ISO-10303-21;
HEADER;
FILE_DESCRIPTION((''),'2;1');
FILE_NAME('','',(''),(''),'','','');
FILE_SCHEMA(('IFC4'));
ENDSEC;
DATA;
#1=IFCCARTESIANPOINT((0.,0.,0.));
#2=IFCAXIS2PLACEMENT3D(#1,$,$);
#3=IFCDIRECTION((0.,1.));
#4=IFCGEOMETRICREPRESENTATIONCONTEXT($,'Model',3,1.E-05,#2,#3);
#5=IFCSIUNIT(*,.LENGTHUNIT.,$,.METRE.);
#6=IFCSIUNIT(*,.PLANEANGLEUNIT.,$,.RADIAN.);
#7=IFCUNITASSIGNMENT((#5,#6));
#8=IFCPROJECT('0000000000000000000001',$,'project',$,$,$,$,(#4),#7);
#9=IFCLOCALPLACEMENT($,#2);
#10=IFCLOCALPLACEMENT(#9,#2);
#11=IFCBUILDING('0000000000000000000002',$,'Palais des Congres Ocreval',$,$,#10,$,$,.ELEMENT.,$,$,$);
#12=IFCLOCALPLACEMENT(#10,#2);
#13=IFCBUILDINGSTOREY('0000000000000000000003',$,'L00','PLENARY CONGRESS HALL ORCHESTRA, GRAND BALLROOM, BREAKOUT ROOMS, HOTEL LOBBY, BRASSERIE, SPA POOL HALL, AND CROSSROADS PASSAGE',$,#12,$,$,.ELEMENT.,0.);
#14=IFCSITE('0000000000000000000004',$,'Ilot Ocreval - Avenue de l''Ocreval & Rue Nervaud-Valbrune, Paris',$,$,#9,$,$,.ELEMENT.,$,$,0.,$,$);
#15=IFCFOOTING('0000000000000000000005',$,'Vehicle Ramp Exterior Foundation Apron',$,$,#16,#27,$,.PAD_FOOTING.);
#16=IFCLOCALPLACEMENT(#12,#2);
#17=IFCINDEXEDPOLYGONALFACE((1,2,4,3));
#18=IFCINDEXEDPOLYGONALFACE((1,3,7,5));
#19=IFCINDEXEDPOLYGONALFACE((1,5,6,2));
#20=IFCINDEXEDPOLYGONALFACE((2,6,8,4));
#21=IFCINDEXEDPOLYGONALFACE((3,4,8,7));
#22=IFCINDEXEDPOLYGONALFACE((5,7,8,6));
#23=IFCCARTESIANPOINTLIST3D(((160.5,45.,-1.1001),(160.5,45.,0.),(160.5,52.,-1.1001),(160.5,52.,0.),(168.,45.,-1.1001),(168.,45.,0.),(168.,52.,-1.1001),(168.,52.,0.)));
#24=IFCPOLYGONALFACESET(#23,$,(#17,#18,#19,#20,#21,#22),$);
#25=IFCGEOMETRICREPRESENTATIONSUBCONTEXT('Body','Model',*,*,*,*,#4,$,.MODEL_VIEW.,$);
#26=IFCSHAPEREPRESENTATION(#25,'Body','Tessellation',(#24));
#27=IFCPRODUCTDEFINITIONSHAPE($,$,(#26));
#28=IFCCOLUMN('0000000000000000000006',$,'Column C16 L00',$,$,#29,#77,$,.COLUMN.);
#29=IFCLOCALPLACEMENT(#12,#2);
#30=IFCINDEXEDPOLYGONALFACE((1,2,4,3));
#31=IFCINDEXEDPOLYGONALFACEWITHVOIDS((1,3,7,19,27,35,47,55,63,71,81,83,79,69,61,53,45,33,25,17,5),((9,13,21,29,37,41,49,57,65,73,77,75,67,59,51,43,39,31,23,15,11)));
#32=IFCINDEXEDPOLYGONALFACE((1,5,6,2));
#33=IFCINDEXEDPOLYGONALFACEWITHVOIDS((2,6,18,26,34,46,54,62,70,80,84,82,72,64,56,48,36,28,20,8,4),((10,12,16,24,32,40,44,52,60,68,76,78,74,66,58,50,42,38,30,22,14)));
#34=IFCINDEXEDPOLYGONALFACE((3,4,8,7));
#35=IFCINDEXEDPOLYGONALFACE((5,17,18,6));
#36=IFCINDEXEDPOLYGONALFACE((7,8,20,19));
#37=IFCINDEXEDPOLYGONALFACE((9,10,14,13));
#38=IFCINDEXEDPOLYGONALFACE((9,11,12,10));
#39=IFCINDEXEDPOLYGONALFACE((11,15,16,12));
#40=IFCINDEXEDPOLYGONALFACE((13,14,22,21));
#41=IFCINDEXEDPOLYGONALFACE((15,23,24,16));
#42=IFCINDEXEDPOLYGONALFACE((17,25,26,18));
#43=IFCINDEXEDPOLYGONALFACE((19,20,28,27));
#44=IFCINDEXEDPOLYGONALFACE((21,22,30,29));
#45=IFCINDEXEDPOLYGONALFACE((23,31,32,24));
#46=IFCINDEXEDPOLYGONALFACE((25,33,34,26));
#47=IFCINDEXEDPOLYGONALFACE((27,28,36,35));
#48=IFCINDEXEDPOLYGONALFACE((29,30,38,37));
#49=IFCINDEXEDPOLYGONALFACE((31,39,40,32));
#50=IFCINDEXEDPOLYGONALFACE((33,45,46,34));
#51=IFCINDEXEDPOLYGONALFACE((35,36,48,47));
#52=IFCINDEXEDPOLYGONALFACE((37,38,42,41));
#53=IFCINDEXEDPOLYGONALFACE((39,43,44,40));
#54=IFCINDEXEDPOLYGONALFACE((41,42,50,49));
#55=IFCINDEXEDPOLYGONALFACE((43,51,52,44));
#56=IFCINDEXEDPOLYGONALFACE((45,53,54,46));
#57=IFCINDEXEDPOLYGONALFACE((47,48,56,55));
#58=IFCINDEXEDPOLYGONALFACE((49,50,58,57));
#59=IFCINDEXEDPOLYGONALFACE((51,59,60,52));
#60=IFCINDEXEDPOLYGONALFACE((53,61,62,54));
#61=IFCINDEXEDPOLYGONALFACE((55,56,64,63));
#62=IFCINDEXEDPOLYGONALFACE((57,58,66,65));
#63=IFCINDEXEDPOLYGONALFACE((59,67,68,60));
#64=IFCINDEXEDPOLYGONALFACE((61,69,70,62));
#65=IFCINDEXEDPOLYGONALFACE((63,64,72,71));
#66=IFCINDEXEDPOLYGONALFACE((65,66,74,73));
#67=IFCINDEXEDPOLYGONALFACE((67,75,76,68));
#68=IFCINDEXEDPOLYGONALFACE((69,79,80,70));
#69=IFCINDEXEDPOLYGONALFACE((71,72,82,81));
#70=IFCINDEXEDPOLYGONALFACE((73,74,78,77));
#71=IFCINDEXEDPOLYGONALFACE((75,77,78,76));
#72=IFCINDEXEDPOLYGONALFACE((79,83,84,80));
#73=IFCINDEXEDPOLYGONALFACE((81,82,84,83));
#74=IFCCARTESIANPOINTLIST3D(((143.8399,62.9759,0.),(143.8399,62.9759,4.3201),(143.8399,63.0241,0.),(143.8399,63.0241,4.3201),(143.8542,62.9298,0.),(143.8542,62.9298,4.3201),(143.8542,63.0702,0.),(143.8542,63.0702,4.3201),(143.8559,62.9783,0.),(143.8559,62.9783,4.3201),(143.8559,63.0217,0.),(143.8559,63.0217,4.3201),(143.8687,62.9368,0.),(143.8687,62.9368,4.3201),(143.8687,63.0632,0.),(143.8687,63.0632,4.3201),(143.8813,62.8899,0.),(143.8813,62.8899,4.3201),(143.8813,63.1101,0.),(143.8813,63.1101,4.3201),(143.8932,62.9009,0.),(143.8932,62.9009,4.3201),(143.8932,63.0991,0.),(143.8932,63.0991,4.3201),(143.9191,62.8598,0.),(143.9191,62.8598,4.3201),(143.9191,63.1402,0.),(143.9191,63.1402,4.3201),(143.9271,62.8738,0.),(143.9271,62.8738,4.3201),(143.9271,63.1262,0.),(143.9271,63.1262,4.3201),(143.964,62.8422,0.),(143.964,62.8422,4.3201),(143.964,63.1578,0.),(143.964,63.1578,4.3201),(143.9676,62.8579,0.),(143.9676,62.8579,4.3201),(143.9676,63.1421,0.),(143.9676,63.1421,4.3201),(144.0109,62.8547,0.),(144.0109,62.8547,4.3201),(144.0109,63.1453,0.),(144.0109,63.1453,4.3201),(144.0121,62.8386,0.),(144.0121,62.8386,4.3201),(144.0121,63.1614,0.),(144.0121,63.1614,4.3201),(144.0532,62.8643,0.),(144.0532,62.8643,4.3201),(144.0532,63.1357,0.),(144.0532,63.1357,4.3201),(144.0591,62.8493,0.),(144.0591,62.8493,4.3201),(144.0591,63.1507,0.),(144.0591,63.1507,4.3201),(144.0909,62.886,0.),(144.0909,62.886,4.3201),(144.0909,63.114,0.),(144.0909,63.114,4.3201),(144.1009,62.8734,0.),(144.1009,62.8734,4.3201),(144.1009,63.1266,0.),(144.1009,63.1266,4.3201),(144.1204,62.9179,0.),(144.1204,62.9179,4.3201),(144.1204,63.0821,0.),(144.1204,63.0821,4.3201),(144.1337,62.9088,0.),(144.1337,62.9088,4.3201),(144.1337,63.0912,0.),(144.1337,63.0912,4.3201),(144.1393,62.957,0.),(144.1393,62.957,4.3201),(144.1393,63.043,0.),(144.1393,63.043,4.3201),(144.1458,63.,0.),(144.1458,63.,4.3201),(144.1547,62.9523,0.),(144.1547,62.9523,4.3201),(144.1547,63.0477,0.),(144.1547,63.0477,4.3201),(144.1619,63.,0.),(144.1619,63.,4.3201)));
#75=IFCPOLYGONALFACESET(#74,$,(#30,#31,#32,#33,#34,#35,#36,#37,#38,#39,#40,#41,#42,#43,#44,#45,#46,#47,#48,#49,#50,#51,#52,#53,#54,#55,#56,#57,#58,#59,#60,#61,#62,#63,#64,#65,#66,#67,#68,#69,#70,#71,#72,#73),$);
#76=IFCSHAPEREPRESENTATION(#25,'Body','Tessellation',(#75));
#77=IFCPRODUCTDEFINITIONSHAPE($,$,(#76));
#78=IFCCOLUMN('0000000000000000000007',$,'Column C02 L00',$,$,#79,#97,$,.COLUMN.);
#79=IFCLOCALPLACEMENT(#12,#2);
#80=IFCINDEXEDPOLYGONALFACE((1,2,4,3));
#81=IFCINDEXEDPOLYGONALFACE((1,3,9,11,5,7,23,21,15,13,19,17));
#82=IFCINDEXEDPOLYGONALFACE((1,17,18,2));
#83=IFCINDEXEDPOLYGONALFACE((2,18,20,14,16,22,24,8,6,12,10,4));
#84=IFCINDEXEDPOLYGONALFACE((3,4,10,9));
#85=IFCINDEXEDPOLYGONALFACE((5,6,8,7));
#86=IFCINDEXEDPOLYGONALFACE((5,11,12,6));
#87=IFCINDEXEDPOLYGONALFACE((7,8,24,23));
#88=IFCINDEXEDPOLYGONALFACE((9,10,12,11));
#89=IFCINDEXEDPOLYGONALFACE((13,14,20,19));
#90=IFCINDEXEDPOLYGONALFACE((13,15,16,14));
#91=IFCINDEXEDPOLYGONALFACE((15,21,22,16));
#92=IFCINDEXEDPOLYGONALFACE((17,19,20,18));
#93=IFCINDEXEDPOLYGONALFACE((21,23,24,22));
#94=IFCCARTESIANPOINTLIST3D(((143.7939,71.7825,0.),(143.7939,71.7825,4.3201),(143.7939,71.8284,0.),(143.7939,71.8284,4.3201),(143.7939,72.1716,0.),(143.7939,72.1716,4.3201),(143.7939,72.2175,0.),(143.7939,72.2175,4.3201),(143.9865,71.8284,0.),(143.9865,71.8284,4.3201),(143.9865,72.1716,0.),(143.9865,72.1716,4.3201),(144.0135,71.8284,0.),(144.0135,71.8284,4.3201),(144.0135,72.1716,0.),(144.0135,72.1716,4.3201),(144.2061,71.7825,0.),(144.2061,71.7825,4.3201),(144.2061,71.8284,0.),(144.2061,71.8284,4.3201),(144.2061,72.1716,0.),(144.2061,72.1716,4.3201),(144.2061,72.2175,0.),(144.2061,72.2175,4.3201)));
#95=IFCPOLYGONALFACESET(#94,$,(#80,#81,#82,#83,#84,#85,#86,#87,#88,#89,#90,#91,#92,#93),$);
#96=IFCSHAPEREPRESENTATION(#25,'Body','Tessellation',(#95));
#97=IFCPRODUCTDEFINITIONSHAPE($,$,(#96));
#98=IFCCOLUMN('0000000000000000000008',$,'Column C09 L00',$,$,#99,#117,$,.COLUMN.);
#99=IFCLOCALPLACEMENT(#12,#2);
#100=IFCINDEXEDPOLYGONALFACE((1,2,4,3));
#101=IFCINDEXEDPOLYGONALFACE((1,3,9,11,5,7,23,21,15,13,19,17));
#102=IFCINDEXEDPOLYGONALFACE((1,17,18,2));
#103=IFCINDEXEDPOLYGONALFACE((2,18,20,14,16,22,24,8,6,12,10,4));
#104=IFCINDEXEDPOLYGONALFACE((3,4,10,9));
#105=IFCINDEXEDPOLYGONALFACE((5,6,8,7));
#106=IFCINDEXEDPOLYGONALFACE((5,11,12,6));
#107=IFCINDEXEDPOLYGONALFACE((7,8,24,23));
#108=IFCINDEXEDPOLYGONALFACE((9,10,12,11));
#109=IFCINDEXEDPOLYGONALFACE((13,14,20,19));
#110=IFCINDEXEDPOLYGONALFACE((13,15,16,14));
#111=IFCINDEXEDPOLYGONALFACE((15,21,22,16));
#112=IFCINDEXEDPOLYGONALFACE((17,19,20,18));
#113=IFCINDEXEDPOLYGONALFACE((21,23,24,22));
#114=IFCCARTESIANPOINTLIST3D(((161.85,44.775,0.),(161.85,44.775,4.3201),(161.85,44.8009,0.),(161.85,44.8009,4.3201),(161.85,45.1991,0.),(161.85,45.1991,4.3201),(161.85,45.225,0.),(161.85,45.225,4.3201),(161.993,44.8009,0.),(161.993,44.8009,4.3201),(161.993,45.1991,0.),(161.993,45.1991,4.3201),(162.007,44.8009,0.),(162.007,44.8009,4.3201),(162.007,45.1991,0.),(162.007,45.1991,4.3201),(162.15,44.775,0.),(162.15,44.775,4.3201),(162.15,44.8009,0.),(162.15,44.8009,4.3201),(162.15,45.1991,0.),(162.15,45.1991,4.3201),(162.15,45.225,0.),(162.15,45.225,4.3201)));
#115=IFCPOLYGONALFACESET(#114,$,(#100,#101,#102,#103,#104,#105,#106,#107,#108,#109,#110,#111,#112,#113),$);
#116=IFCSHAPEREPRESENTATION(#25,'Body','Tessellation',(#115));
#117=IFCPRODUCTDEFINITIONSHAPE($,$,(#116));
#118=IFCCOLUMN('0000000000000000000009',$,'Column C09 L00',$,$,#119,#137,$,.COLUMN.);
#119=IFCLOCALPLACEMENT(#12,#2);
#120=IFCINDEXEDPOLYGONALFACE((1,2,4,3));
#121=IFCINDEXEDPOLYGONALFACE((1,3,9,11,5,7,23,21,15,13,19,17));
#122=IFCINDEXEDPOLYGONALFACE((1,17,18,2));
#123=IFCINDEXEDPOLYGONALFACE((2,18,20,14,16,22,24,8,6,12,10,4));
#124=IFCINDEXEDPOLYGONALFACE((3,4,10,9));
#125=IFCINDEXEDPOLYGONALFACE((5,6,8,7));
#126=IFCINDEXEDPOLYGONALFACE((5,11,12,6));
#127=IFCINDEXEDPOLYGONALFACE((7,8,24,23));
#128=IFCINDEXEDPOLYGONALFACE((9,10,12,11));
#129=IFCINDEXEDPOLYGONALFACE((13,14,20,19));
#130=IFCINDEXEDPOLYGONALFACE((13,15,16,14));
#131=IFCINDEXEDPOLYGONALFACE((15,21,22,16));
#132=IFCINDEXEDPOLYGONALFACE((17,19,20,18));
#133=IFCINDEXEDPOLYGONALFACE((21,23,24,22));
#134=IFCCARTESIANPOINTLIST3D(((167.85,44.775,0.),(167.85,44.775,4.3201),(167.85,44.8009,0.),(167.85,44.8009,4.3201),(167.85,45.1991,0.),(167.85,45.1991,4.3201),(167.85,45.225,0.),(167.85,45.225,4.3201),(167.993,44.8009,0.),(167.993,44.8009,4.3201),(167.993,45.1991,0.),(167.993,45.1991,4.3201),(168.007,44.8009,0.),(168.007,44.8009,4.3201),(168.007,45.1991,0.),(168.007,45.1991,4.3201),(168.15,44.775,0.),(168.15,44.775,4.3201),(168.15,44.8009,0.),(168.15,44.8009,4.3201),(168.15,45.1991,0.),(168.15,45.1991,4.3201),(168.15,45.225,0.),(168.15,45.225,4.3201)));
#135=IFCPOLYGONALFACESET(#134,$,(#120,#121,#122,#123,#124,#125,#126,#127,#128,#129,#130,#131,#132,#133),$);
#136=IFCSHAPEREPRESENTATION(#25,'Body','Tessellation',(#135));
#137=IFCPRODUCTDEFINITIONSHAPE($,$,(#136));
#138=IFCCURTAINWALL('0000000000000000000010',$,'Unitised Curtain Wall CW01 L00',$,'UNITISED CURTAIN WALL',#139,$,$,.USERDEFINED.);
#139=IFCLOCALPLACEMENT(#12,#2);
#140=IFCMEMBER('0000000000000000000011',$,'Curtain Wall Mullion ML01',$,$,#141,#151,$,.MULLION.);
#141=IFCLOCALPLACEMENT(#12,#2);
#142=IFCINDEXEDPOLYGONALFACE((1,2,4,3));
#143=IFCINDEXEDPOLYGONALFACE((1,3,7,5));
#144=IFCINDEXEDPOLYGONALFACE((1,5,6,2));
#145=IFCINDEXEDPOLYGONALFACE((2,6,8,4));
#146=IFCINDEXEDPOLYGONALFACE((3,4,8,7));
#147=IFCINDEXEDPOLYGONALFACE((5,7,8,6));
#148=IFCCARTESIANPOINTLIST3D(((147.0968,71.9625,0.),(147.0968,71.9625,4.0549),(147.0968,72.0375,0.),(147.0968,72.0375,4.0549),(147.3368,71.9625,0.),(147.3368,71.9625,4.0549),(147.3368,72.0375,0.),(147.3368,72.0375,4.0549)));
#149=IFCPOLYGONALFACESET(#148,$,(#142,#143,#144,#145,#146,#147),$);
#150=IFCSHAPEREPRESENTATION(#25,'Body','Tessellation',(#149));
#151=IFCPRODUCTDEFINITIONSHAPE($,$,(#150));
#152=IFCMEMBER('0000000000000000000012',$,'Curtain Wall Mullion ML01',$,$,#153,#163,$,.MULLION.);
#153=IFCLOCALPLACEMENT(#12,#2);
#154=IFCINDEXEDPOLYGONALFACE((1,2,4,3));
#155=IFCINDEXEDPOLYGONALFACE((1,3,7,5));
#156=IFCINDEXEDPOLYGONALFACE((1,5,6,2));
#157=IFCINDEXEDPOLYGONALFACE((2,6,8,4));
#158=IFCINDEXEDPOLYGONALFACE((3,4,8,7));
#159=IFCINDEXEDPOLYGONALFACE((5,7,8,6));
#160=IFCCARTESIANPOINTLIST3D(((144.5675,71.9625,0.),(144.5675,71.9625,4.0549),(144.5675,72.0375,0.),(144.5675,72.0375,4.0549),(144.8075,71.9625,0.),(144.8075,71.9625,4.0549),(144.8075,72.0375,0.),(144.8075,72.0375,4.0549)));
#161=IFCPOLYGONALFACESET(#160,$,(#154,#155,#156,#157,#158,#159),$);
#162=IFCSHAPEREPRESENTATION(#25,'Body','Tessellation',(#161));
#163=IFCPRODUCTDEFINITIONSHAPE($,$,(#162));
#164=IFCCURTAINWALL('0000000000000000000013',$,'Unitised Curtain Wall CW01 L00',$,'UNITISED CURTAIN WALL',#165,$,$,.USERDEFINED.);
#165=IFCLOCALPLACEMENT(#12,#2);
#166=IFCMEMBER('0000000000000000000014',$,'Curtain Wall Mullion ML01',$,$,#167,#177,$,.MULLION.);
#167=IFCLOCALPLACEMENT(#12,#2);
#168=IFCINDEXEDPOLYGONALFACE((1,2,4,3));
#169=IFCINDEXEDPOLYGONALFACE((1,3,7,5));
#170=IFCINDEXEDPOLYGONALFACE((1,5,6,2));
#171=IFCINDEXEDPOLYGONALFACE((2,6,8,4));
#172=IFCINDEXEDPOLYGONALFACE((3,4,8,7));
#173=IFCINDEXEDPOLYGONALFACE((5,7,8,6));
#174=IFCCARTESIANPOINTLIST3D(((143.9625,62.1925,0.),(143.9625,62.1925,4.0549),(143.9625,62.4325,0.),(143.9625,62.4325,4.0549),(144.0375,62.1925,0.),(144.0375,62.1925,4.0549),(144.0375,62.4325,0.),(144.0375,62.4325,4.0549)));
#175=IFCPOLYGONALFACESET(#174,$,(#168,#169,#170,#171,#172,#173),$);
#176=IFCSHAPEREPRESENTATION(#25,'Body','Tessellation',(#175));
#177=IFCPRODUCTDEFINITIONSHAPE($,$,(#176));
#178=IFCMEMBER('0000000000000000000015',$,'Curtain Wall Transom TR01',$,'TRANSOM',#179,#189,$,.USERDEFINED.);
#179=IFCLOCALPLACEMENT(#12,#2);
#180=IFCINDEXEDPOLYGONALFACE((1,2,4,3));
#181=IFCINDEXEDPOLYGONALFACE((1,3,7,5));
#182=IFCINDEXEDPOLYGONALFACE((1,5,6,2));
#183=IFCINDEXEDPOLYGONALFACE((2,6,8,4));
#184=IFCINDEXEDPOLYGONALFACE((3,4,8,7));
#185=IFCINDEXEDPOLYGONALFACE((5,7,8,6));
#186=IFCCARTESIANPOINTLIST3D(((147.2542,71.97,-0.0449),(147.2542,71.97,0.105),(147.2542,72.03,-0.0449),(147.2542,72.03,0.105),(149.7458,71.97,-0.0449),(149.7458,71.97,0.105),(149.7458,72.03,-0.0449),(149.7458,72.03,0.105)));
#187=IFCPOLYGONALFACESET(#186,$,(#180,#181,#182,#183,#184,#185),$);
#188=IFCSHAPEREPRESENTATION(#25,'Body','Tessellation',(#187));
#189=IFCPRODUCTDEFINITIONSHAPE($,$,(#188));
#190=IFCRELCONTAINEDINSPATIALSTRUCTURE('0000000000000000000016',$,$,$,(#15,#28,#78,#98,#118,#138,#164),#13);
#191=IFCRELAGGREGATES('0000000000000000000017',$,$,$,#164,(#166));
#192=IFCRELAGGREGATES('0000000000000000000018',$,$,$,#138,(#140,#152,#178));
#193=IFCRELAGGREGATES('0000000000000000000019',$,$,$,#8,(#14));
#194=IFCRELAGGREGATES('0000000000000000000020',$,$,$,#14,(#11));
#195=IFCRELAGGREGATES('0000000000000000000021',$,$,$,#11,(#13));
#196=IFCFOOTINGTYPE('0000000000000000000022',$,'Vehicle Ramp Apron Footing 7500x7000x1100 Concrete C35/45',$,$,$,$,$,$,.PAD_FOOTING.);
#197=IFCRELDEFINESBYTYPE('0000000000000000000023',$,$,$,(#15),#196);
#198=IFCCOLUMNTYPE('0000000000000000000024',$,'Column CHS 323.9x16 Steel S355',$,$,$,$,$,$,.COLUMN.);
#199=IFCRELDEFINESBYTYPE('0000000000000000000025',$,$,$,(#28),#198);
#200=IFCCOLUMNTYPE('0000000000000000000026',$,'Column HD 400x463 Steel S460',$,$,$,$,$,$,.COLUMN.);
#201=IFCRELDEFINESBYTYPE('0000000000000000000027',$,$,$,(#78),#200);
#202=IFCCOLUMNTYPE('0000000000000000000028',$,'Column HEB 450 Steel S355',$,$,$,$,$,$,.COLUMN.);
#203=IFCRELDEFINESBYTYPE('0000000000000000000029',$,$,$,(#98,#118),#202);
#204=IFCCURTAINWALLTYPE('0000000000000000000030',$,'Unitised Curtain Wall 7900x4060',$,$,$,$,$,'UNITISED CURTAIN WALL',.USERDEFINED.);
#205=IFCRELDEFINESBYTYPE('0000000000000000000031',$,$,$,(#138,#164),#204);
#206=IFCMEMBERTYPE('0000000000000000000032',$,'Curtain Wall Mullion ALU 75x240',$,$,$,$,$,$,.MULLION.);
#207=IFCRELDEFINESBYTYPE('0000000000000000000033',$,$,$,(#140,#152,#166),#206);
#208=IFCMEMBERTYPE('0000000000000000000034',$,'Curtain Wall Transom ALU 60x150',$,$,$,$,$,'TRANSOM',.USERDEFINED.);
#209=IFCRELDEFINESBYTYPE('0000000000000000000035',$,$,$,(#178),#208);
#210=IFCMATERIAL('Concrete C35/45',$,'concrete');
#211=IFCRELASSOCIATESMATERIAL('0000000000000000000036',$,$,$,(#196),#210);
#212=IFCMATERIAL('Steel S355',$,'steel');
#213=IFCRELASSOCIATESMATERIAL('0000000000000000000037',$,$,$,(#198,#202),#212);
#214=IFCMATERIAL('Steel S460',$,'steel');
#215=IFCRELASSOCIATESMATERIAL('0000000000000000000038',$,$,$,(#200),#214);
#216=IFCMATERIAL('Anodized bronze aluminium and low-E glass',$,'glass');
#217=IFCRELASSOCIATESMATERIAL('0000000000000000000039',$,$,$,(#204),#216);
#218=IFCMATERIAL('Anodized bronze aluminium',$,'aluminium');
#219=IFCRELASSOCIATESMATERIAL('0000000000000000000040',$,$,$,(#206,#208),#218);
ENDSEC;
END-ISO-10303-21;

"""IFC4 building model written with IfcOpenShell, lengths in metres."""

from ifc_helpers import new_model, si_unit, direction, frame, origin, origin_2d, place, context, subcontext, project, spatial, rectangle, hollow_circle, i_section, extrude, material, material_profile, profile_set, type_object, element, aggregate, save


model = new_model("IFC4")

# Units and contexts
model_context = context("Model", 3, precision=1e-05, world=origin(), true_north=direction((0.0, 1.0)))
body_context = subcontext(model_context, "Body", "Model", "MODEL_VIEW")
ifc_project = project(units=[si_unit("LENGTHUNIT", "METRE"), si_unit("PLANEANGLEUNIT", "RADIAN")], contexts=[model_context])

# Site, building, storey
site_placement = place(None, origin())
site = spatial("IfcSite", under=ifc_project, at=site_placement, Name="Ilot Ocreval - Avenue de l'Ocreval & Rue Nervaud-Valbrune, Paris", CompositionType="ELEMENT", RefElevation=0.0)
building_placement = place(site_placement, origin())
building = spatial("IfcBuilding", under=site, at=building_placement, Name="Palais des Congres Ocreval", CompositionType="ELEMENT")
storey_placement = place(building_placement, origin())
storey = spatial("IfcBuildingStorey", under=building, at=storey_placement, Name="L00", Description="PLENARY CONGRESS HALL ORCHESTRA, GRAND BALLROOM, BREAKOUT ROOMS, HOTEL LOBBY, BRASSERIE, SPA POOL HALL, AND CROSSROADS PASSAGE", CompositionType="ELEMENT", Elevation=0.0)

# Footing
ifc_material_1 = material(Name="Concrete C35/45", Category="concrete")
footing_type = type_object("IfcFootingType", Name="Vehicle Ramp Apron Footing 7500x7000x1100 Concrete C35/45", PredefinedType="PAD_FOOTING", material=ifc_material_1)
footing_placement = place(storey_placement, frame((164.25, 48.5, -1.1001), z_axis=(0.0, 0.0, 1.0), x_axis=(1.0, 0.0, 0.0)))
element("IfcFooting", 1, at=footing_placement, inside=storey, type_object=footing_type, Name="Vehicle Ramp Exterior Foundation Apron", PredefinedType="PAD_FOOTING", context=body_context, shape_type="SweptSolid", body=[
    extrude(rectangle(XDim=7.5, YDim=7.0, at=origin_2d()), origin(), (0.0, 0.0, 1.0), 1.1001),
])

# Columns
ifc_material_2 = material(Name="Steel S355", Category="steel")
ifc_material_profile_1 = material_profile(ifc_material_2, hollow_circle(Radius=0.1619, WallThickness=0.0161, at=origin_2d()), Name="CHS 323.9x16")
ifc_profile_set_1 = profile_set([ifc_material_profile_1], Name="Steel S355")
column_type_1 = type_object("IfcColumnType", Name="Column CHS 323.9x16 Steel S355", PredefinedType="COLUMN", material=ifc_profile_set_1)
column_1_placement = place(storey_placement, frame((144.0, 63.0, 0.0), z_axis=(0.0, 0.0, 1.0), x_axis=(1.0, 0.0, 0.0)))
element("IfcColumn", 2, at=column_1_placement, inside=storey, type_object=column_type_1, Name="Column C16 L00", PredefinedType="COLUMN", context=body_context, shape_type="SweptSolid", body=[
    extrude(hollow_circle(Radius=0.1619, WallThickness=0.0161, at=origin_2d()), origin(), (0.0, 0.0, 1.0), 4.3201),
])
ifc_material_3 = material(Name="Steel S460", Category="steel")
ifc_material_profile_2 = material_profile(ifc_material_3, i_section(OverallWidth=0.4121, OverallDepth=0.4351, WebThickness=0.0271, FlangeThickness=0.0459, at=origin_2d()), Name="HD 400x463")
ifc_profile_set_2 = profile_set([ifc_material_profile_2], Name="Steel S460")
column_type_2 = type_object("IfcColumnType", Name="Column HD 400x463 Steel S460", PredefinedType="COLUMN", material=ifc_profile_set_2)
column_2_placement = place(storey_placement, frame((144.0, 72.0, 0.0), z_axis=(0.0, 0.0, 1.0), x_axis=(1.0, 0.0, 0.0)))
element("IfcColumn", 3, at=column_2_placement, inside=storey, type_object=column_type_2, Name="Column C02 L00", PredefinedType="COLUMN", context=body_context, shape_type="SweptSolid", body=[
    extrude(i_section(OverallWidth=0.4121, OverallDepth=0.4351, WebThickness=0.0271, FlangeThickness=0.0459, at=origin_2d()), origin(), (0.0, 0.0, 1.0), 4.3201),
])
ifc_material_profile_3 = material_profile(ifc_material_2, i_section(OverallWidth=0.3, OverallDepth=0.45, WebThickness=0.0139, FlangeThickness=0.0259, at=origin_2d()), Name="HEB 450")
ifc_profile_set_3 = profile_set([ifc_material_profile_3], Name="Steel S355")
column_type_3 = type_object("IfcColumnType", Name="Column HEB 450 Steel S355", PredefinedType="COLUMN", material=ifc_profile_set_3)
for number, where, z_axis, x_axis, name in (
    (4, (162.0, 45.0, 0.0), (0.0, 0.0, 1.0), (1.0, 0.0, 0.0), "Column C09 L00"),
    (5, (168.0, 45.0, 0.0), (0.0, 0.0, 1.0), (1.0, 0.0, 0.0), "Column C09 L00"),
):
    element("IfcColumn", number, at=place(storey_placement, frame(where, z_axis=z_axis, x_axis=x_axis)), inside=storey, type_object=column_type_3, Name=name, PredefinedType="COLUMN", context=body_context, shape_type="SweptSolid", body=[
        extrude(i_section(OverallWidth=0.3, OverallDepth=0.45, WebThickness=0.0139, FlangeThickness=0.0259, at=origin_2d()), origin(), (0.0, 0.0, 1.0), 4.3201),
    ])

# Curtain wall, members
ifc_material_4 = material(Name="Anodized bronze aluminium and low-E glass", Category="glass")
curtain_wall_type = type_object("IfcCurtainWallType", Name="Unitised Curtain Wall 7900x4060", ElementType="UNITISED CURTAIN WALL", PredefinedType="USERDEFINED", material=ifc_material_4)
curtain_wall_1_placement = place(storey_placement, origin())
curtain_wall_1 = element("IfcCurtainWall", 6, at=curtain_wall_1_placement, inside=storey, type_object=curtain_wall_type, Name="Unitised Curtain Wall CW01 L00", ObjectType="UNITISED CURTAIN WALL", PredefinedType="USERDEFINED")
ifc_material_5 = material(Name="Anodized bronze aluminium", Category="aluminium")
ifc_material_profile_4 = material_profile(ifc_material_5, rectangle(XDim=0.075, YDim=0.24, at=origin_2d()), Name="ALU 75x240")
ifc_profile_set_4 = profile_set([ifc_material_profile_4], Name="Anodized bronze aluminium")
member_type_1 = type_object("IfcMemberType", Name="Curtain Wall Mullion ALU 75x240", PredefinedType="MULLION", material=ifc_profile_set_4)
member_1_placement = place(storey_placement, frame((147.2168, 72.0, 0.0), z_axis=(0.0, 0.0, 1.0), x_axis=(0.0, -1.0, 0.0)))
member_1 = element("IfcMember", 7, at=member_1_placement, type_object=member_type_1, Name="Curtain Wall Mullion ML01", PredefinedType="MULLION", context=body_context, shape_type="SweptSolid", body=[
    extrude(rectangle(XDim=0.075, YDim=0.24, at=origin_2d()), origin(), (0.0, 0.0, 1.0), 4.0549),
])
member_2_placement = place(storey_placement, frame((144.6875, 72.0, 0.0), z_axis=(0.0, 0.0, 1.0), x_axis=(0.0, -1.0, 0.0)))
member_2 = element("IfcMember", 8, at=member_2_placement, type_object=member_type_1, Name="Curtain Wall Mullion ML01", PredefinedType="MULLION", context=body_context, shape_type="SweptSolid", body=[
    extrude(rectangle(XDim=0.075, YDim=0.24, at=origin_2d()), origin(), (0.0, 0.0, 1.0), 4.0549),
])

# Curtain wall, member
curtain_wall_2_placement = place(storey_placement, origin())
curtain_wall_2 = element("IfcCurtainWall", 9, at=curtain_wall_2_placement, inside=storey, type_object=curtain_wall_type, Name="Unitised Curtain Wall CW01 L00", ObjectType="UNITISED CURTAIN WALL", PredefinedType="USERDEFINED")
member_3_placement = place(storey_placement, frame((144.0, 62.3125, 0.0), z_axis=(0.0, 0.0, 1.0), x_axis=(1.0, 0.0, 0.0)))
member_3 = element("IfcMember", 10, at=member_3_placement, type_object=member_type_1, Name="Curtain Wall Mullion ML01", PredefinedType="MULLION", context=body_context, shape_type="SweptSolid", body=[
    extrude(rectangle(XDim=0.075, YDim=0.24, at=origin_2d()), origin(), (0.0, 0.0, 1.0), 4.0549),
])

# Member
ifc_material_profile_5 = material_profile(ifc_material_5, rectangle(XDim=0.0601, YDim=0.1499, at=origin_2d()), Name="ALU 60x150")
ifc_profile_set_5 = profile_set([ifc_material_profile_5], Name="Anodized bronze aluminium")
member_type_2 = type_object("IfcMemberType", Name="Curtain Wall Transom ALU 60x150", ElementType="TRANSOM", PredefinedType="USERDEFINED", material=ifc_profile_set_5)
member_4_placement = place(storey_placement, frame((149.7458, 72.0, 0.03), z_axis=(-1.0, 0.0, 0.0), x_axis=(0.0, -1.0, 0.0)))
member_4 = element("IfcMember", 11, at=member_4_placement, type_object=member_type_2, Name="Curtain Wall Transom TR01", ObjectType="TRANSOM", PredefinedType="USERDEFINED", context=body_context, shape_type="SweptSolid", body=[
    extrude(rectangle(XDim=0.0601, YDim=0.1499, at=origin_2d()), origin(), (0.0, 0.0, 1.0), 2.4917),
])
aggregate(curtain_wall_2, [member_3])

aggregate(curtain_wall_1, [member_1, member_2, member_4])

save(model, "model.ifc")
